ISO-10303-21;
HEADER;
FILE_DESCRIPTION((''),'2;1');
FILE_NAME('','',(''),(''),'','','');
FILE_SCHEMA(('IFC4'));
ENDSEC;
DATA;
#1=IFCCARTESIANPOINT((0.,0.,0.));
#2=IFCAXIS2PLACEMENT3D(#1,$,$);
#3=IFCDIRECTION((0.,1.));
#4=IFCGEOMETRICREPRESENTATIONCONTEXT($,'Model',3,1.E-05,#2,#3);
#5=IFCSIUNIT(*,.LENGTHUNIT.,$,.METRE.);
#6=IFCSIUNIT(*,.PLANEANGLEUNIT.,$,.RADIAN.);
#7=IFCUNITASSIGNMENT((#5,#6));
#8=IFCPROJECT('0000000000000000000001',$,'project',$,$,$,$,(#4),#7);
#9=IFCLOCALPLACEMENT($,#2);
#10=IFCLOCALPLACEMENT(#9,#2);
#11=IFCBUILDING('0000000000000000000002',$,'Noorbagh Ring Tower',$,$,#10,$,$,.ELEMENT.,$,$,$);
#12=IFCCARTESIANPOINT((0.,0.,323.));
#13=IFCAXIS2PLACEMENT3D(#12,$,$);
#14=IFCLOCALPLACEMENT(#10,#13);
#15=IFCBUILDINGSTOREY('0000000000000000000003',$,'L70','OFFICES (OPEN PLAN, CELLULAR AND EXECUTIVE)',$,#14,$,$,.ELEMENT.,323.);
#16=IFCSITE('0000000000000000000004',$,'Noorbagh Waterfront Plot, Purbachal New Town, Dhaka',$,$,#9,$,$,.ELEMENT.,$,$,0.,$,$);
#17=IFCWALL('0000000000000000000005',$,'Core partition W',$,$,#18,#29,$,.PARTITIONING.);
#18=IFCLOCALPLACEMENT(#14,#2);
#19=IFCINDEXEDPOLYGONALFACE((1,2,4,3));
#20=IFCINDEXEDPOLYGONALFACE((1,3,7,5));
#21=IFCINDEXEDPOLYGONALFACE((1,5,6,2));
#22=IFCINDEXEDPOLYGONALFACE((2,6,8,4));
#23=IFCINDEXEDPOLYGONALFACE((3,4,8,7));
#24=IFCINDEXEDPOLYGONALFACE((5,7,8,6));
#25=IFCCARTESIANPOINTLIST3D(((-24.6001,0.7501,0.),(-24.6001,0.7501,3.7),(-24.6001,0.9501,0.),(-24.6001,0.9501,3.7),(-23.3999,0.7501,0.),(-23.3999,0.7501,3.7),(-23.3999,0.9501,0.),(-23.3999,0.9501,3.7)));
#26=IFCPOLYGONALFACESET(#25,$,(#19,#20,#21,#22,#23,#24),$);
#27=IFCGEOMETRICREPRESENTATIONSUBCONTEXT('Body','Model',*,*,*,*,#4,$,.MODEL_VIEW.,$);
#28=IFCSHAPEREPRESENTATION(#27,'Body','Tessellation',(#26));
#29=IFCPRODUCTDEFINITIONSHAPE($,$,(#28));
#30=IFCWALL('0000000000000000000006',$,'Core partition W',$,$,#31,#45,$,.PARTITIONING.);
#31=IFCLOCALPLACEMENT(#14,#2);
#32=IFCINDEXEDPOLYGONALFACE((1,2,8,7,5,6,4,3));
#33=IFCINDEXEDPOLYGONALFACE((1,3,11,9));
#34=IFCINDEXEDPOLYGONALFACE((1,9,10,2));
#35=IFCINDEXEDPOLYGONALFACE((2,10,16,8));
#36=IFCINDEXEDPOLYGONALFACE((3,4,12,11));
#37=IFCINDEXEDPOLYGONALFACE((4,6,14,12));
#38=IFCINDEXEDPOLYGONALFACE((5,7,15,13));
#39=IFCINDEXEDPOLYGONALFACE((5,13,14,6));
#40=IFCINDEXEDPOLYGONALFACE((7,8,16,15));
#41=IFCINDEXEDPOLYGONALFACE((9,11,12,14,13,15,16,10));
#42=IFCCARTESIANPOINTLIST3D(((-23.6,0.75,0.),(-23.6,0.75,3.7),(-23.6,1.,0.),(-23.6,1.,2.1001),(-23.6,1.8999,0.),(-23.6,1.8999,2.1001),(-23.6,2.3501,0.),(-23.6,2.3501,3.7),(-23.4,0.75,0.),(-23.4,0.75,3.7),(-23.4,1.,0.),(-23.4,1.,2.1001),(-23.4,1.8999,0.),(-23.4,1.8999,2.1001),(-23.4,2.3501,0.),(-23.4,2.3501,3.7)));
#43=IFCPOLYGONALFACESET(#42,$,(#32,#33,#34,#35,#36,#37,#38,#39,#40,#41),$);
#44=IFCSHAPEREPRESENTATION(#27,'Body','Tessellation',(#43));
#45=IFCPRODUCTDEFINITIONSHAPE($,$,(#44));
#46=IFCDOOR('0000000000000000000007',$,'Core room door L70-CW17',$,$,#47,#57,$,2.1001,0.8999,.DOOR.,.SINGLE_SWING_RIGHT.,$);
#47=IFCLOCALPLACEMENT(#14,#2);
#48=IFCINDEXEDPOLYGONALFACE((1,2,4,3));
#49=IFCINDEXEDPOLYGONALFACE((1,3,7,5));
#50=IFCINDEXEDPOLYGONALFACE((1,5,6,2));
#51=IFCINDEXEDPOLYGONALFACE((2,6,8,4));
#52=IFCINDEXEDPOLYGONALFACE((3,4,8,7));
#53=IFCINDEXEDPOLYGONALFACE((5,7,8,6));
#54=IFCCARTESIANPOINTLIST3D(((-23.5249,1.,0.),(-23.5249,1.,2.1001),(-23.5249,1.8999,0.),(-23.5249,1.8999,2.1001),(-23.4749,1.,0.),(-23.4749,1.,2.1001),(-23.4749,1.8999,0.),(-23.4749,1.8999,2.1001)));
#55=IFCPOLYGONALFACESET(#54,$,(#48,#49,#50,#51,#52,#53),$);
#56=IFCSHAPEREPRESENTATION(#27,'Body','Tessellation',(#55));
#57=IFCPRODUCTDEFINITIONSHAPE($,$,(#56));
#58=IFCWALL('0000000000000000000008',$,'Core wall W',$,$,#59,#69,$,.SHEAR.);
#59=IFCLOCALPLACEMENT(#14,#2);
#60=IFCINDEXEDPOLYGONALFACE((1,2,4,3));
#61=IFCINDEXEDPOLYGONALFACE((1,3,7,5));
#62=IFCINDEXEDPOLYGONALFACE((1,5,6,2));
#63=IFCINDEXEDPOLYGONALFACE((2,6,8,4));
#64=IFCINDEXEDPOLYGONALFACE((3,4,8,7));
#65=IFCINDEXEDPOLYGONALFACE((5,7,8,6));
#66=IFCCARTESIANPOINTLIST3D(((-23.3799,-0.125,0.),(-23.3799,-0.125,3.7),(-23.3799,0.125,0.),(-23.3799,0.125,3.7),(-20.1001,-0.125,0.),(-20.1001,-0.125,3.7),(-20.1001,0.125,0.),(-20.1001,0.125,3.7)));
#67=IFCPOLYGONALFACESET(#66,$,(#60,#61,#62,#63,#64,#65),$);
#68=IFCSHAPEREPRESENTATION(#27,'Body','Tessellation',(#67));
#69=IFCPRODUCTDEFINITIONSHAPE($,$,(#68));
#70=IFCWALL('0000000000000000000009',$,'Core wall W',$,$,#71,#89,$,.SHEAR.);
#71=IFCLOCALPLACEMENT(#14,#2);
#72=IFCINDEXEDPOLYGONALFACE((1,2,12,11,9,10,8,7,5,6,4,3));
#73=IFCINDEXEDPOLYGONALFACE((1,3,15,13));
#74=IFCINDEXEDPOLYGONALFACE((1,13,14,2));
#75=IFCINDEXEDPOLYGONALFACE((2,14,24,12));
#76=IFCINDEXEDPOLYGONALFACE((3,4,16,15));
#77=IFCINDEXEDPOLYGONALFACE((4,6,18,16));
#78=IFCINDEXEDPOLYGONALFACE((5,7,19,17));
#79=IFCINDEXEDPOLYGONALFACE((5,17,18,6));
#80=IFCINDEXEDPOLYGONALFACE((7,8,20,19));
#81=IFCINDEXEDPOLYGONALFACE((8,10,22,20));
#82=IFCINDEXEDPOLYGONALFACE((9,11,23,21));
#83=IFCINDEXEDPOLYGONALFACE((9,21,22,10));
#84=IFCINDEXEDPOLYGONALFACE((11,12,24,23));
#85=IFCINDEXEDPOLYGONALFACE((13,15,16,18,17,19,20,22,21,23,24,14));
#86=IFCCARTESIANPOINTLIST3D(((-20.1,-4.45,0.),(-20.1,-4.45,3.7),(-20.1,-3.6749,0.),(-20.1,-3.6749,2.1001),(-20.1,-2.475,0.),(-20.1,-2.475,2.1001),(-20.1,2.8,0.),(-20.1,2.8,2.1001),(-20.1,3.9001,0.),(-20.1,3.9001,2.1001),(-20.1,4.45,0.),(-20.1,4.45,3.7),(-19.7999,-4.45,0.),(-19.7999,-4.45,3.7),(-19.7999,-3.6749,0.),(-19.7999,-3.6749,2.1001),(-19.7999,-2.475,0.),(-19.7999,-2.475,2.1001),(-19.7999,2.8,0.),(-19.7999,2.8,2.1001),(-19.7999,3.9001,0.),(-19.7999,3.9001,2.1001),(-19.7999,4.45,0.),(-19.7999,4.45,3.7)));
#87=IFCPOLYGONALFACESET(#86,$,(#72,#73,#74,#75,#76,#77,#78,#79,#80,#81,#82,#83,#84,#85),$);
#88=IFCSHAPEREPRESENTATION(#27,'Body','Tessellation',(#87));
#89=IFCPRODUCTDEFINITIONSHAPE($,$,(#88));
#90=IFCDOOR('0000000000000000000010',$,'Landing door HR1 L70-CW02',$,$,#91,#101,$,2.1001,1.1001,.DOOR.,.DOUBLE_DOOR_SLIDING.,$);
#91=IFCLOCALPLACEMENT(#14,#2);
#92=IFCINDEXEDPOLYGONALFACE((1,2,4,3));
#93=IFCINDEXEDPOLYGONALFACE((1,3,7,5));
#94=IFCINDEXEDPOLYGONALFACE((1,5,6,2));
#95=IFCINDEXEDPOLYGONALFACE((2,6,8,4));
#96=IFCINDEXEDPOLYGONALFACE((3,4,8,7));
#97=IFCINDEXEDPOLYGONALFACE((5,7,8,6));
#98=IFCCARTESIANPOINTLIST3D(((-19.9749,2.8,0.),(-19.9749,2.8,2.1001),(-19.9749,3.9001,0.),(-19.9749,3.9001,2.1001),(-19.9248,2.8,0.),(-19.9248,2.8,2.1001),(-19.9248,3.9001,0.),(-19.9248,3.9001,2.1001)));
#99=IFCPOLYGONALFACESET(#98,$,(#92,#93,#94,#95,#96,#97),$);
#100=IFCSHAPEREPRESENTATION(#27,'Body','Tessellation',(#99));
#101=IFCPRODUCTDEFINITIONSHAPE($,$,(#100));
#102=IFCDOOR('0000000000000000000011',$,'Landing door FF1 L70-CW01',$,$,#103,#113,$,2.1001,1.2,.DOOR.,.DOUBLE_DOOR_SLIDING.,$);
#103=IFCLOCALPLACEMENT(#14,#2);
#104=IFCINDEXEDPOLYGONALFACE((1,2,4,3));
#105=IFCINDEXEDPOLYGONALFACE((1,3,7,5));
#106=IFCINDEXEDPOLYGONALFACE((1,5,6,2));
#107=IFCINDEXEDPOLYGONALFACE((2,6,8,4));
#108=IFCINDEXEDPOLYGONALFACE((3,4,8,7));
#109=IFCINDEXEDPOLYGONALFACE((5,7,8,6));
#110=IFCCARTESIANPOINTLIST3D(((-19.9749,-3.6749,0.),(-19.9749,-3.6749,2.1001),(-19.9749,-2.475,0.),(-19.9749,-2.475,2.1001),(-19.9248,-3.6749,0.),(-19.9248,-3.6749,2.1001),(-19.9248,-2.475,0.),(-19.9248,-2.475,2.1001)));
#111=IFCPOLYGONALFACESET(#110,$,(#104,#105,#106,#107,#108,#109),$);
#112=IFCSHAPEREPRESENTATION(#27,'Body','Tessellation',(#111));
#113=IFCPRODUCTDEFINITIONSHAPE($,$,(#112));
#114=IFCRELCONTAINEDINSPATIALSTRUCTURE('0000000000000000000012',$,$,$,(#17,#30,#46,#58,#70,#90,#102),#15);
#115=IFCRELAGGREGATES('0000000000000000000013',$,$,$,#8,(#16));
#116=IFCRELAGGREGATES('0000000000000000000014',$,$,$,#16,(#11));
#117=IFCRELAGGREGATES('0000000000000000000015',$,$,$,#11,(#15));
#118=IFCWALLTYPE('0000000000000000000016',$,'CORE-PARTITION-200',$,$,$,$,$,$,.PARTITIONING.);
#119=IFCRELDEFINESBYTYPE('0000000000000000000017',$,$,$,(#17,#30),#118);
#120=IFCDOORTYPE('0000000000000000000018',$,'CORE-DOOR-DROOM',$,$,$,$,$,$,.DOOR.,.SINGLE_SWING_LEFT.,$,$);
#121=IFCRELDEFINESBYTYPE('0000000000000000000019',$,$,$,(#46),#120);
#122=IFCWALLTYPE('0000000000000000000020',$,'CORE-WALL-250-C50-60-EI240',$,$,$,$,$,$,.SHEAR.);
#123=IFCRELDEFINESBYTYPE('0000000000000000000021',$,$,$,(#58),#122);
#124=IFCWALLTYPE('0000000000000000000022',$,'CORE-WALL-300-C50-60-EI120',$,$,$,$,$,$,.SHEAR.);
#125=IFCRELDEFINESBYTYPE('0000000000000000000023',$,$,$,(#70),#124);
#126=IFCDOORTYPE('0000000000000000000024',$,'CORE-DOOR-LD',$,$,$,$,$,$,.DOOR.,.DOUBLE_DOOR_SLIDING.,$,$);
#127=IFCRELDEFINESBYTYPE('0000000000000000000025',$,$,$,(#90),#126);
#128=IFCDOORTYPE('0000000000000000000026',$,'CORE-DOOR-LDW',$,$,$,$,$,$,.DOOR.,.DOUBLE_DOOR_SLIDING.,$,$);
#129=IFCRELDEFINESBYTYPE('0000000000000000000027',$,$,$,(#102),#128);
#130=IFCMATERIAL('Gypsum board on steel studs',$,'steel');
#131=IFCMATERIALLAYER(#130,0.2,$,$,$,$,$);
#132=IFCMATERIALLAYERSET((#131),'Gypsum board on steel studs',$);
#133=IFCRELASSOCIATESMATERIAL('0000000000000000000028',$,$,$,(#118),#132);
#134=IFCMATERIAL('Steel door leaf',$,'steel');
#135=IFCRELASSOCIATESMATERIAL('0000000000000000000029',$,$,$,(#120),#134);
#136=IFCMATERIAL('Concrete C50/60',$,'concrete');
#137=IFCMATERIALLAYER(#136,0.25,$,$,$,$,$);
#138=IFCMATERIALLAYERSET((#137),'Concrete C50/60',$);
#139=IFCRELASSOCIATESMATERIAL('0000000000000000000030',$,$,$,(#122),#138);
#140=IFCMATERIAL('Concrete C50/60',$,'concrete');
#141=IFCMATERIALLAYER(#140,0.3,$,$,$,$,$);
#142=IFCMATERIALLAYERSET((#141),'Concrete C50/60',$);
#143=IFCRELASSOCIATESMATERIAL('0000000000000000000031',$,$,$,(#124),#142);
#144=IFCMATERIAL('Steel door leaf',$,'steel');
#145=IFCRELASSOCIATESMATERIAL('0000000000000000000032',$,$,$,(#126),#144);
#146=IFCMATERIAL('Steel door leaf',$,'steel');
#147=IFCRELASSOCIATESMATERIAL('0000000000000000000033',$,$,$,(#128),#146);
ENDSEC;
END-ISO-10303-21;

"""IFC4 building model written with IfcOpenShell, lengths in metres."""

from ifc_helpers import new_model, si_unit, direction, frame, frame_2d, origin, place, context, subcontext, project, spatial, rectangle, extrude, material, layer, layer_set, type_object, element, fill, save


model = new_model("IFC4")

# Units and contexts
model_context = context("Model", 3, precision=1e-05, world=origin(), true_north=direction((0.0, 1.0)))
body_context = subcontext(model_context, "Body", "Model", "MODEL_VIEW")
ifc_project = project(units=[si_unit("LENGTHUNIT", "METRE"), si_unit("PLANEANGLEUNIT", "RADIAN")], contexts=[model_context])

# Site, building, storey
site_placement = place(None, origin())
site = spatial("IfcSite", under=ifc_project, at=site_placement, Name="Noorbagh Waterfront Plot, Purbachal New Town, Dhaka", CompositionType="ELEMENT", RefElevation=0.0)
building_placement = place(site_placement, origin())
building = spatial("IfcBuilding", under=site, at=building_placement, Name="Noorbagh Ring Tower", CompositionType="ELEMENT")
storey_placement = place(building_placement, frame((0.0, 0.0, 323.0)))
storey = spatial("IfcBuildingStorey", under=building, at=storey_placement, Name="L70", Description="OFFICES (OPEN PLAN, CELLULAR AND EXECUTIVE)", CompositionType="ELEMENT", Elevation=323.0)

# Wall
ifc_material_1 = material(Name="Gypsum board on steel studs", Category="steel")
ifc_layer_1 = layer(ifc_material_1, 0.2)
ifc_layer_set_1 = layer_set([ifc_layer_1], Name="Gypsum board on steel studs")
wall_type_1 = type_object("IfcWallType", Name="CORE-PARTITION-200", PredefinedType="PARTITIONING", material=ifc_layer_set_1)
wall_1_placement = place(storey_placement, frame((-23.3999, 0.8501, 0.0), z_axis=(0.0, 0.0, 1.0), x_axis=(-1.0, 0.0, 0.0)))
element("IfcWall", 1, at=wall_1_placement, inside=storey, type_object=wall_type_1, Name="Core partition W", PredefinedType="PARTITIONING", context=body_context, shape_type="SweptSolid", body=[
    extrude(rectangle(XDim=1.2002, YDim=0.2, at=frame_2d((0.6001, 0.0))), origin(), (0.0, 0.0, 1.0), 3.7),
])

# Wall, opening, door
wall_2_placement = place(storey_placement, frame((-23.5, 0.75, 0.0), z_axis=(0.0, 0.0, 1.0), x_axis=(0.0, 1.0, 0.0)))
wall_2 = element("IfcWall", 2, at=wall_2_placement, inside=storey, type_object=wall_type_1, Name="Core partition W", PredefinedType="PARTITIONING", context=body_context, shape_type="SweptSolid", body=[
    extrude(rectangle(XDim=1.6001, YDim=0.2, at=frame_2d((0.8, 0.0))), origin(), (0.0, 0.0, 1.0), 3.7),
])
opening_1_placement = place(wall_2_placement, frame((0.25, 0.0, 0.0)))
opening_1 = element("IfcOpeningElement", 3, at=opening_1_placement, cuts=wall_2, PredefinedType="OPENING", context=body_context, shape_type="SweptSolid", body=[
    extrude(rectangle(XDim=0.8999, YDim=2.1001, at=frame_2d((0.45, 1.05))), frame((0.0, 0.1099, 0.0), z_axis=(0.0, -1.0, 0.0), x_axis=(1.0, 0.0, 0.0)), (0.0, 0.0, 1.0), 0.22),
])
ifc_material_2 = material(Name="Steel door leaf", Category="steel")
door_type_1 = type_object("IfcDoorType", Name="CORE-DOOR-DROOM", OperationType="SINGLE_SWING_LEFT", PredefinedType="DOOR", material=ifc_material_2)
door_1_placement = place(opening_1_placement, origin())
door_1 = element("IfcDoor", 4, at=door_1_placement, inside=storey, type_object=door_type_1, Name="Core room door L70-CW17", OperationType="SINGLE_SWING_RIGHT", OverallHeight=2.1001, OverallWidth=0.8999, PredefinedType="DOOR", context=body_context, shape_type="SweptSolid", body=[
    extrude(rectangle(XDim=0.8999, YDim=2.1001, at=frame_2d((0.45, 1.05))), frame((0.0, 0.0249, 0.0), z_axis=(0.0, -1.0, 0.0), x_axis=(1.0, 0.0, 0.0)), (0.0, 0.0, 1.0), 0.05),
])
fill(opening_1, door_1)

# Wall
ifc_material_3 = material(Name="Concrete C50/60", Category="concrete")
ifc_layer_2 = layer(ifc_material_3, 0.25)
ifc_layer_set_2 = layer_set([ifc_layer_2], Name="Concrete C50/60")
wall_type_2 = type_object("IfcWallType", Name="CORE-WALL-250-C50-60-EI240", PredefinedType="SHEAR", material=ifc_layer_set_2)
wall_3_placement = place(storey_placement, frame((-20.1001, 0.0, 0.0), z_axis=(0.0, 0.0, 1.0), x_axis=(-1.0, 0.0, 0.0)))
element("IfcWall", 5, at=wall_3_placement, inside=storey, type_object=wall_type_2, Name="Core wall W", PredefinedType="SHEAR", context=body_context, shape_type="SweptSolid", body=[
    extrude(rectangle(XDim=3.2798, YDim=0.25, at=frame_2d((1.6399, 0.0))), origin(), (0.0, 0.0, 1.0), 3.7),
])

# Wall, openings, doors
ifc_material_4 = material(Name="Concrete C50/60", Category="concrete")
ifc_layer_3 = layer(ifc_material_4, 0.3)
ifc_layer_set_3 = layer_set([ifc_layer_3], Name="Concrete C50/60")
wall_type_3 = type_object("IfcWallType", Name="CORE-WALL-300-C50-60-EI120", PredefinedType="SHEAR", material=ifc_layer_set_3)
wall_4_placement = place(storey_placement, frame((-19.95, -4.45, 0.0), z_axis=(0.0, 0.0, 1.0), x_axis=(0.0, 1.0, 0.0)))
wall_4 = element("IfcWall", 6, at=wall_4_placement, inside=storey, type_object=wall_type_3, Name="Core wall W", PredefinedType="SHEAR", context=body_context, shape_type="SweptSolid", body=[
    extrude(rectangle(XDim=8.8999, YDim=0.3, at=frame_2d((4.45, 0.0))), origin(), (0.0, 0.0, 1.0), 3.7),
])
opening_2_placement = place(wall_4_placement, frame((0.7749, 0.0, 0.0)))
opening_2 = element("IfcOpeningElement", 7, at=opening_2_placement, cuts=wall_4, PredefinedType="OPENING", context=body_context, shape_type="SweptSolid", body=[
    extrude(rectangle(XDim=1.2, YDim=2.1001, at=frame_2d((0.6001, 1.05))), frame((0.0, 0.1602, 0.0), z_axis=(0.0, -1.0, 0.0), x_axis=(1.0, 0.0, 0.0)), (0.0, 0.0, 1.0), 0.3201),
])
opening_3_placement = place(wall_4_placement, frame((7.25, 0.0, 0.0)))
opening_3 = element("IfcOpeningElement", 8, at=opening_3_placement, cuts=wall_4, PredefinedType="OPENING", context=body_context, shape_type="SweptSolid", body=[
    extrude(rectangle(XDim=1.1001, YDim=2.1001, at=frame_2d((0.55, 1.05))), frame((0.0, 0.1602, 0.0), z_axis=(0.0, -1.0, 0.0), x_axis=(1.0, 0.0, 0.0)), (0.0, 0.0, 1.0), 0.3201),
])
ifc_material_5 = material(Name="Steel door leaf", Category="steel")
door_type_2 = type_object("IfcDoorType", Name="CORE-DOOR-LD", OperationType="DOUBLE_DOOR_SLIDING", PredefinedType="DOOR", material=ifc_material_5)
door_2_placement = place(opening_3_placement, origin())
door_2 = element("IfcDoor", 9, at=door_2_placement, inside=storey, type_object=door_type_2, Name="Landing door HR1 L70-CW02", OperationType="DOUBLE_DOOR_SLIDING", OverallHeight=2.1001, OverallWidth=1.1001, PredefinedType="DOOR", context=body_context, shape_type="SweptSolid", body=[
    extrude(rectangle(XDim=1.1001, YDim=2.1001, at=frame_2d((0.55, 1.05))), frame((0.0, 0.0249, 0.0), z_axis=(0.0, -1.0, 0.0), x_axis=(1.0, 0.0, 0.0)), (0.0, 0.0, 1.0), 0.05),
])
fill(opening_3, door_2)
ifc_material_6 = material(Name="Steel door leaf", Category="steel")
door_type_3 = type_object("IfcDoorType", Name="CORE-DOOR-LDW", OperationType="DOUBLE_DOOR_SLIDING", PredefinedType="DOOR", material=ifc_material_6)
door_3_placement = place(opening_2_placement, origin())
door_3 = element("IfcDoor", 10, at=door_3_placement, inside=storey, type_object=door_type_3, Name="Landing door FF1 L70-CW01", OperationType="DOUBLE_DOOR_SLIDING", OverallHeight=2.1001, OverallWidth=1.2, PredefinedType="DOOR", context=body_context, shape_type="SweptSolid", body=[
    extrude(rectangle(XDim=1.2, YDim=2.1001, at=frame_2d((0.6001, 1.05))), frame((0.0, 0.0249, 0.0), z_axis=(0.0, -1.0, 0.0), x_axis=(1.0, 0.0, 0.0)), (0.0, 0.0, 1.0), 0.05),
])
fill(opening_2, door_3)

save(model, "model.ifc")
